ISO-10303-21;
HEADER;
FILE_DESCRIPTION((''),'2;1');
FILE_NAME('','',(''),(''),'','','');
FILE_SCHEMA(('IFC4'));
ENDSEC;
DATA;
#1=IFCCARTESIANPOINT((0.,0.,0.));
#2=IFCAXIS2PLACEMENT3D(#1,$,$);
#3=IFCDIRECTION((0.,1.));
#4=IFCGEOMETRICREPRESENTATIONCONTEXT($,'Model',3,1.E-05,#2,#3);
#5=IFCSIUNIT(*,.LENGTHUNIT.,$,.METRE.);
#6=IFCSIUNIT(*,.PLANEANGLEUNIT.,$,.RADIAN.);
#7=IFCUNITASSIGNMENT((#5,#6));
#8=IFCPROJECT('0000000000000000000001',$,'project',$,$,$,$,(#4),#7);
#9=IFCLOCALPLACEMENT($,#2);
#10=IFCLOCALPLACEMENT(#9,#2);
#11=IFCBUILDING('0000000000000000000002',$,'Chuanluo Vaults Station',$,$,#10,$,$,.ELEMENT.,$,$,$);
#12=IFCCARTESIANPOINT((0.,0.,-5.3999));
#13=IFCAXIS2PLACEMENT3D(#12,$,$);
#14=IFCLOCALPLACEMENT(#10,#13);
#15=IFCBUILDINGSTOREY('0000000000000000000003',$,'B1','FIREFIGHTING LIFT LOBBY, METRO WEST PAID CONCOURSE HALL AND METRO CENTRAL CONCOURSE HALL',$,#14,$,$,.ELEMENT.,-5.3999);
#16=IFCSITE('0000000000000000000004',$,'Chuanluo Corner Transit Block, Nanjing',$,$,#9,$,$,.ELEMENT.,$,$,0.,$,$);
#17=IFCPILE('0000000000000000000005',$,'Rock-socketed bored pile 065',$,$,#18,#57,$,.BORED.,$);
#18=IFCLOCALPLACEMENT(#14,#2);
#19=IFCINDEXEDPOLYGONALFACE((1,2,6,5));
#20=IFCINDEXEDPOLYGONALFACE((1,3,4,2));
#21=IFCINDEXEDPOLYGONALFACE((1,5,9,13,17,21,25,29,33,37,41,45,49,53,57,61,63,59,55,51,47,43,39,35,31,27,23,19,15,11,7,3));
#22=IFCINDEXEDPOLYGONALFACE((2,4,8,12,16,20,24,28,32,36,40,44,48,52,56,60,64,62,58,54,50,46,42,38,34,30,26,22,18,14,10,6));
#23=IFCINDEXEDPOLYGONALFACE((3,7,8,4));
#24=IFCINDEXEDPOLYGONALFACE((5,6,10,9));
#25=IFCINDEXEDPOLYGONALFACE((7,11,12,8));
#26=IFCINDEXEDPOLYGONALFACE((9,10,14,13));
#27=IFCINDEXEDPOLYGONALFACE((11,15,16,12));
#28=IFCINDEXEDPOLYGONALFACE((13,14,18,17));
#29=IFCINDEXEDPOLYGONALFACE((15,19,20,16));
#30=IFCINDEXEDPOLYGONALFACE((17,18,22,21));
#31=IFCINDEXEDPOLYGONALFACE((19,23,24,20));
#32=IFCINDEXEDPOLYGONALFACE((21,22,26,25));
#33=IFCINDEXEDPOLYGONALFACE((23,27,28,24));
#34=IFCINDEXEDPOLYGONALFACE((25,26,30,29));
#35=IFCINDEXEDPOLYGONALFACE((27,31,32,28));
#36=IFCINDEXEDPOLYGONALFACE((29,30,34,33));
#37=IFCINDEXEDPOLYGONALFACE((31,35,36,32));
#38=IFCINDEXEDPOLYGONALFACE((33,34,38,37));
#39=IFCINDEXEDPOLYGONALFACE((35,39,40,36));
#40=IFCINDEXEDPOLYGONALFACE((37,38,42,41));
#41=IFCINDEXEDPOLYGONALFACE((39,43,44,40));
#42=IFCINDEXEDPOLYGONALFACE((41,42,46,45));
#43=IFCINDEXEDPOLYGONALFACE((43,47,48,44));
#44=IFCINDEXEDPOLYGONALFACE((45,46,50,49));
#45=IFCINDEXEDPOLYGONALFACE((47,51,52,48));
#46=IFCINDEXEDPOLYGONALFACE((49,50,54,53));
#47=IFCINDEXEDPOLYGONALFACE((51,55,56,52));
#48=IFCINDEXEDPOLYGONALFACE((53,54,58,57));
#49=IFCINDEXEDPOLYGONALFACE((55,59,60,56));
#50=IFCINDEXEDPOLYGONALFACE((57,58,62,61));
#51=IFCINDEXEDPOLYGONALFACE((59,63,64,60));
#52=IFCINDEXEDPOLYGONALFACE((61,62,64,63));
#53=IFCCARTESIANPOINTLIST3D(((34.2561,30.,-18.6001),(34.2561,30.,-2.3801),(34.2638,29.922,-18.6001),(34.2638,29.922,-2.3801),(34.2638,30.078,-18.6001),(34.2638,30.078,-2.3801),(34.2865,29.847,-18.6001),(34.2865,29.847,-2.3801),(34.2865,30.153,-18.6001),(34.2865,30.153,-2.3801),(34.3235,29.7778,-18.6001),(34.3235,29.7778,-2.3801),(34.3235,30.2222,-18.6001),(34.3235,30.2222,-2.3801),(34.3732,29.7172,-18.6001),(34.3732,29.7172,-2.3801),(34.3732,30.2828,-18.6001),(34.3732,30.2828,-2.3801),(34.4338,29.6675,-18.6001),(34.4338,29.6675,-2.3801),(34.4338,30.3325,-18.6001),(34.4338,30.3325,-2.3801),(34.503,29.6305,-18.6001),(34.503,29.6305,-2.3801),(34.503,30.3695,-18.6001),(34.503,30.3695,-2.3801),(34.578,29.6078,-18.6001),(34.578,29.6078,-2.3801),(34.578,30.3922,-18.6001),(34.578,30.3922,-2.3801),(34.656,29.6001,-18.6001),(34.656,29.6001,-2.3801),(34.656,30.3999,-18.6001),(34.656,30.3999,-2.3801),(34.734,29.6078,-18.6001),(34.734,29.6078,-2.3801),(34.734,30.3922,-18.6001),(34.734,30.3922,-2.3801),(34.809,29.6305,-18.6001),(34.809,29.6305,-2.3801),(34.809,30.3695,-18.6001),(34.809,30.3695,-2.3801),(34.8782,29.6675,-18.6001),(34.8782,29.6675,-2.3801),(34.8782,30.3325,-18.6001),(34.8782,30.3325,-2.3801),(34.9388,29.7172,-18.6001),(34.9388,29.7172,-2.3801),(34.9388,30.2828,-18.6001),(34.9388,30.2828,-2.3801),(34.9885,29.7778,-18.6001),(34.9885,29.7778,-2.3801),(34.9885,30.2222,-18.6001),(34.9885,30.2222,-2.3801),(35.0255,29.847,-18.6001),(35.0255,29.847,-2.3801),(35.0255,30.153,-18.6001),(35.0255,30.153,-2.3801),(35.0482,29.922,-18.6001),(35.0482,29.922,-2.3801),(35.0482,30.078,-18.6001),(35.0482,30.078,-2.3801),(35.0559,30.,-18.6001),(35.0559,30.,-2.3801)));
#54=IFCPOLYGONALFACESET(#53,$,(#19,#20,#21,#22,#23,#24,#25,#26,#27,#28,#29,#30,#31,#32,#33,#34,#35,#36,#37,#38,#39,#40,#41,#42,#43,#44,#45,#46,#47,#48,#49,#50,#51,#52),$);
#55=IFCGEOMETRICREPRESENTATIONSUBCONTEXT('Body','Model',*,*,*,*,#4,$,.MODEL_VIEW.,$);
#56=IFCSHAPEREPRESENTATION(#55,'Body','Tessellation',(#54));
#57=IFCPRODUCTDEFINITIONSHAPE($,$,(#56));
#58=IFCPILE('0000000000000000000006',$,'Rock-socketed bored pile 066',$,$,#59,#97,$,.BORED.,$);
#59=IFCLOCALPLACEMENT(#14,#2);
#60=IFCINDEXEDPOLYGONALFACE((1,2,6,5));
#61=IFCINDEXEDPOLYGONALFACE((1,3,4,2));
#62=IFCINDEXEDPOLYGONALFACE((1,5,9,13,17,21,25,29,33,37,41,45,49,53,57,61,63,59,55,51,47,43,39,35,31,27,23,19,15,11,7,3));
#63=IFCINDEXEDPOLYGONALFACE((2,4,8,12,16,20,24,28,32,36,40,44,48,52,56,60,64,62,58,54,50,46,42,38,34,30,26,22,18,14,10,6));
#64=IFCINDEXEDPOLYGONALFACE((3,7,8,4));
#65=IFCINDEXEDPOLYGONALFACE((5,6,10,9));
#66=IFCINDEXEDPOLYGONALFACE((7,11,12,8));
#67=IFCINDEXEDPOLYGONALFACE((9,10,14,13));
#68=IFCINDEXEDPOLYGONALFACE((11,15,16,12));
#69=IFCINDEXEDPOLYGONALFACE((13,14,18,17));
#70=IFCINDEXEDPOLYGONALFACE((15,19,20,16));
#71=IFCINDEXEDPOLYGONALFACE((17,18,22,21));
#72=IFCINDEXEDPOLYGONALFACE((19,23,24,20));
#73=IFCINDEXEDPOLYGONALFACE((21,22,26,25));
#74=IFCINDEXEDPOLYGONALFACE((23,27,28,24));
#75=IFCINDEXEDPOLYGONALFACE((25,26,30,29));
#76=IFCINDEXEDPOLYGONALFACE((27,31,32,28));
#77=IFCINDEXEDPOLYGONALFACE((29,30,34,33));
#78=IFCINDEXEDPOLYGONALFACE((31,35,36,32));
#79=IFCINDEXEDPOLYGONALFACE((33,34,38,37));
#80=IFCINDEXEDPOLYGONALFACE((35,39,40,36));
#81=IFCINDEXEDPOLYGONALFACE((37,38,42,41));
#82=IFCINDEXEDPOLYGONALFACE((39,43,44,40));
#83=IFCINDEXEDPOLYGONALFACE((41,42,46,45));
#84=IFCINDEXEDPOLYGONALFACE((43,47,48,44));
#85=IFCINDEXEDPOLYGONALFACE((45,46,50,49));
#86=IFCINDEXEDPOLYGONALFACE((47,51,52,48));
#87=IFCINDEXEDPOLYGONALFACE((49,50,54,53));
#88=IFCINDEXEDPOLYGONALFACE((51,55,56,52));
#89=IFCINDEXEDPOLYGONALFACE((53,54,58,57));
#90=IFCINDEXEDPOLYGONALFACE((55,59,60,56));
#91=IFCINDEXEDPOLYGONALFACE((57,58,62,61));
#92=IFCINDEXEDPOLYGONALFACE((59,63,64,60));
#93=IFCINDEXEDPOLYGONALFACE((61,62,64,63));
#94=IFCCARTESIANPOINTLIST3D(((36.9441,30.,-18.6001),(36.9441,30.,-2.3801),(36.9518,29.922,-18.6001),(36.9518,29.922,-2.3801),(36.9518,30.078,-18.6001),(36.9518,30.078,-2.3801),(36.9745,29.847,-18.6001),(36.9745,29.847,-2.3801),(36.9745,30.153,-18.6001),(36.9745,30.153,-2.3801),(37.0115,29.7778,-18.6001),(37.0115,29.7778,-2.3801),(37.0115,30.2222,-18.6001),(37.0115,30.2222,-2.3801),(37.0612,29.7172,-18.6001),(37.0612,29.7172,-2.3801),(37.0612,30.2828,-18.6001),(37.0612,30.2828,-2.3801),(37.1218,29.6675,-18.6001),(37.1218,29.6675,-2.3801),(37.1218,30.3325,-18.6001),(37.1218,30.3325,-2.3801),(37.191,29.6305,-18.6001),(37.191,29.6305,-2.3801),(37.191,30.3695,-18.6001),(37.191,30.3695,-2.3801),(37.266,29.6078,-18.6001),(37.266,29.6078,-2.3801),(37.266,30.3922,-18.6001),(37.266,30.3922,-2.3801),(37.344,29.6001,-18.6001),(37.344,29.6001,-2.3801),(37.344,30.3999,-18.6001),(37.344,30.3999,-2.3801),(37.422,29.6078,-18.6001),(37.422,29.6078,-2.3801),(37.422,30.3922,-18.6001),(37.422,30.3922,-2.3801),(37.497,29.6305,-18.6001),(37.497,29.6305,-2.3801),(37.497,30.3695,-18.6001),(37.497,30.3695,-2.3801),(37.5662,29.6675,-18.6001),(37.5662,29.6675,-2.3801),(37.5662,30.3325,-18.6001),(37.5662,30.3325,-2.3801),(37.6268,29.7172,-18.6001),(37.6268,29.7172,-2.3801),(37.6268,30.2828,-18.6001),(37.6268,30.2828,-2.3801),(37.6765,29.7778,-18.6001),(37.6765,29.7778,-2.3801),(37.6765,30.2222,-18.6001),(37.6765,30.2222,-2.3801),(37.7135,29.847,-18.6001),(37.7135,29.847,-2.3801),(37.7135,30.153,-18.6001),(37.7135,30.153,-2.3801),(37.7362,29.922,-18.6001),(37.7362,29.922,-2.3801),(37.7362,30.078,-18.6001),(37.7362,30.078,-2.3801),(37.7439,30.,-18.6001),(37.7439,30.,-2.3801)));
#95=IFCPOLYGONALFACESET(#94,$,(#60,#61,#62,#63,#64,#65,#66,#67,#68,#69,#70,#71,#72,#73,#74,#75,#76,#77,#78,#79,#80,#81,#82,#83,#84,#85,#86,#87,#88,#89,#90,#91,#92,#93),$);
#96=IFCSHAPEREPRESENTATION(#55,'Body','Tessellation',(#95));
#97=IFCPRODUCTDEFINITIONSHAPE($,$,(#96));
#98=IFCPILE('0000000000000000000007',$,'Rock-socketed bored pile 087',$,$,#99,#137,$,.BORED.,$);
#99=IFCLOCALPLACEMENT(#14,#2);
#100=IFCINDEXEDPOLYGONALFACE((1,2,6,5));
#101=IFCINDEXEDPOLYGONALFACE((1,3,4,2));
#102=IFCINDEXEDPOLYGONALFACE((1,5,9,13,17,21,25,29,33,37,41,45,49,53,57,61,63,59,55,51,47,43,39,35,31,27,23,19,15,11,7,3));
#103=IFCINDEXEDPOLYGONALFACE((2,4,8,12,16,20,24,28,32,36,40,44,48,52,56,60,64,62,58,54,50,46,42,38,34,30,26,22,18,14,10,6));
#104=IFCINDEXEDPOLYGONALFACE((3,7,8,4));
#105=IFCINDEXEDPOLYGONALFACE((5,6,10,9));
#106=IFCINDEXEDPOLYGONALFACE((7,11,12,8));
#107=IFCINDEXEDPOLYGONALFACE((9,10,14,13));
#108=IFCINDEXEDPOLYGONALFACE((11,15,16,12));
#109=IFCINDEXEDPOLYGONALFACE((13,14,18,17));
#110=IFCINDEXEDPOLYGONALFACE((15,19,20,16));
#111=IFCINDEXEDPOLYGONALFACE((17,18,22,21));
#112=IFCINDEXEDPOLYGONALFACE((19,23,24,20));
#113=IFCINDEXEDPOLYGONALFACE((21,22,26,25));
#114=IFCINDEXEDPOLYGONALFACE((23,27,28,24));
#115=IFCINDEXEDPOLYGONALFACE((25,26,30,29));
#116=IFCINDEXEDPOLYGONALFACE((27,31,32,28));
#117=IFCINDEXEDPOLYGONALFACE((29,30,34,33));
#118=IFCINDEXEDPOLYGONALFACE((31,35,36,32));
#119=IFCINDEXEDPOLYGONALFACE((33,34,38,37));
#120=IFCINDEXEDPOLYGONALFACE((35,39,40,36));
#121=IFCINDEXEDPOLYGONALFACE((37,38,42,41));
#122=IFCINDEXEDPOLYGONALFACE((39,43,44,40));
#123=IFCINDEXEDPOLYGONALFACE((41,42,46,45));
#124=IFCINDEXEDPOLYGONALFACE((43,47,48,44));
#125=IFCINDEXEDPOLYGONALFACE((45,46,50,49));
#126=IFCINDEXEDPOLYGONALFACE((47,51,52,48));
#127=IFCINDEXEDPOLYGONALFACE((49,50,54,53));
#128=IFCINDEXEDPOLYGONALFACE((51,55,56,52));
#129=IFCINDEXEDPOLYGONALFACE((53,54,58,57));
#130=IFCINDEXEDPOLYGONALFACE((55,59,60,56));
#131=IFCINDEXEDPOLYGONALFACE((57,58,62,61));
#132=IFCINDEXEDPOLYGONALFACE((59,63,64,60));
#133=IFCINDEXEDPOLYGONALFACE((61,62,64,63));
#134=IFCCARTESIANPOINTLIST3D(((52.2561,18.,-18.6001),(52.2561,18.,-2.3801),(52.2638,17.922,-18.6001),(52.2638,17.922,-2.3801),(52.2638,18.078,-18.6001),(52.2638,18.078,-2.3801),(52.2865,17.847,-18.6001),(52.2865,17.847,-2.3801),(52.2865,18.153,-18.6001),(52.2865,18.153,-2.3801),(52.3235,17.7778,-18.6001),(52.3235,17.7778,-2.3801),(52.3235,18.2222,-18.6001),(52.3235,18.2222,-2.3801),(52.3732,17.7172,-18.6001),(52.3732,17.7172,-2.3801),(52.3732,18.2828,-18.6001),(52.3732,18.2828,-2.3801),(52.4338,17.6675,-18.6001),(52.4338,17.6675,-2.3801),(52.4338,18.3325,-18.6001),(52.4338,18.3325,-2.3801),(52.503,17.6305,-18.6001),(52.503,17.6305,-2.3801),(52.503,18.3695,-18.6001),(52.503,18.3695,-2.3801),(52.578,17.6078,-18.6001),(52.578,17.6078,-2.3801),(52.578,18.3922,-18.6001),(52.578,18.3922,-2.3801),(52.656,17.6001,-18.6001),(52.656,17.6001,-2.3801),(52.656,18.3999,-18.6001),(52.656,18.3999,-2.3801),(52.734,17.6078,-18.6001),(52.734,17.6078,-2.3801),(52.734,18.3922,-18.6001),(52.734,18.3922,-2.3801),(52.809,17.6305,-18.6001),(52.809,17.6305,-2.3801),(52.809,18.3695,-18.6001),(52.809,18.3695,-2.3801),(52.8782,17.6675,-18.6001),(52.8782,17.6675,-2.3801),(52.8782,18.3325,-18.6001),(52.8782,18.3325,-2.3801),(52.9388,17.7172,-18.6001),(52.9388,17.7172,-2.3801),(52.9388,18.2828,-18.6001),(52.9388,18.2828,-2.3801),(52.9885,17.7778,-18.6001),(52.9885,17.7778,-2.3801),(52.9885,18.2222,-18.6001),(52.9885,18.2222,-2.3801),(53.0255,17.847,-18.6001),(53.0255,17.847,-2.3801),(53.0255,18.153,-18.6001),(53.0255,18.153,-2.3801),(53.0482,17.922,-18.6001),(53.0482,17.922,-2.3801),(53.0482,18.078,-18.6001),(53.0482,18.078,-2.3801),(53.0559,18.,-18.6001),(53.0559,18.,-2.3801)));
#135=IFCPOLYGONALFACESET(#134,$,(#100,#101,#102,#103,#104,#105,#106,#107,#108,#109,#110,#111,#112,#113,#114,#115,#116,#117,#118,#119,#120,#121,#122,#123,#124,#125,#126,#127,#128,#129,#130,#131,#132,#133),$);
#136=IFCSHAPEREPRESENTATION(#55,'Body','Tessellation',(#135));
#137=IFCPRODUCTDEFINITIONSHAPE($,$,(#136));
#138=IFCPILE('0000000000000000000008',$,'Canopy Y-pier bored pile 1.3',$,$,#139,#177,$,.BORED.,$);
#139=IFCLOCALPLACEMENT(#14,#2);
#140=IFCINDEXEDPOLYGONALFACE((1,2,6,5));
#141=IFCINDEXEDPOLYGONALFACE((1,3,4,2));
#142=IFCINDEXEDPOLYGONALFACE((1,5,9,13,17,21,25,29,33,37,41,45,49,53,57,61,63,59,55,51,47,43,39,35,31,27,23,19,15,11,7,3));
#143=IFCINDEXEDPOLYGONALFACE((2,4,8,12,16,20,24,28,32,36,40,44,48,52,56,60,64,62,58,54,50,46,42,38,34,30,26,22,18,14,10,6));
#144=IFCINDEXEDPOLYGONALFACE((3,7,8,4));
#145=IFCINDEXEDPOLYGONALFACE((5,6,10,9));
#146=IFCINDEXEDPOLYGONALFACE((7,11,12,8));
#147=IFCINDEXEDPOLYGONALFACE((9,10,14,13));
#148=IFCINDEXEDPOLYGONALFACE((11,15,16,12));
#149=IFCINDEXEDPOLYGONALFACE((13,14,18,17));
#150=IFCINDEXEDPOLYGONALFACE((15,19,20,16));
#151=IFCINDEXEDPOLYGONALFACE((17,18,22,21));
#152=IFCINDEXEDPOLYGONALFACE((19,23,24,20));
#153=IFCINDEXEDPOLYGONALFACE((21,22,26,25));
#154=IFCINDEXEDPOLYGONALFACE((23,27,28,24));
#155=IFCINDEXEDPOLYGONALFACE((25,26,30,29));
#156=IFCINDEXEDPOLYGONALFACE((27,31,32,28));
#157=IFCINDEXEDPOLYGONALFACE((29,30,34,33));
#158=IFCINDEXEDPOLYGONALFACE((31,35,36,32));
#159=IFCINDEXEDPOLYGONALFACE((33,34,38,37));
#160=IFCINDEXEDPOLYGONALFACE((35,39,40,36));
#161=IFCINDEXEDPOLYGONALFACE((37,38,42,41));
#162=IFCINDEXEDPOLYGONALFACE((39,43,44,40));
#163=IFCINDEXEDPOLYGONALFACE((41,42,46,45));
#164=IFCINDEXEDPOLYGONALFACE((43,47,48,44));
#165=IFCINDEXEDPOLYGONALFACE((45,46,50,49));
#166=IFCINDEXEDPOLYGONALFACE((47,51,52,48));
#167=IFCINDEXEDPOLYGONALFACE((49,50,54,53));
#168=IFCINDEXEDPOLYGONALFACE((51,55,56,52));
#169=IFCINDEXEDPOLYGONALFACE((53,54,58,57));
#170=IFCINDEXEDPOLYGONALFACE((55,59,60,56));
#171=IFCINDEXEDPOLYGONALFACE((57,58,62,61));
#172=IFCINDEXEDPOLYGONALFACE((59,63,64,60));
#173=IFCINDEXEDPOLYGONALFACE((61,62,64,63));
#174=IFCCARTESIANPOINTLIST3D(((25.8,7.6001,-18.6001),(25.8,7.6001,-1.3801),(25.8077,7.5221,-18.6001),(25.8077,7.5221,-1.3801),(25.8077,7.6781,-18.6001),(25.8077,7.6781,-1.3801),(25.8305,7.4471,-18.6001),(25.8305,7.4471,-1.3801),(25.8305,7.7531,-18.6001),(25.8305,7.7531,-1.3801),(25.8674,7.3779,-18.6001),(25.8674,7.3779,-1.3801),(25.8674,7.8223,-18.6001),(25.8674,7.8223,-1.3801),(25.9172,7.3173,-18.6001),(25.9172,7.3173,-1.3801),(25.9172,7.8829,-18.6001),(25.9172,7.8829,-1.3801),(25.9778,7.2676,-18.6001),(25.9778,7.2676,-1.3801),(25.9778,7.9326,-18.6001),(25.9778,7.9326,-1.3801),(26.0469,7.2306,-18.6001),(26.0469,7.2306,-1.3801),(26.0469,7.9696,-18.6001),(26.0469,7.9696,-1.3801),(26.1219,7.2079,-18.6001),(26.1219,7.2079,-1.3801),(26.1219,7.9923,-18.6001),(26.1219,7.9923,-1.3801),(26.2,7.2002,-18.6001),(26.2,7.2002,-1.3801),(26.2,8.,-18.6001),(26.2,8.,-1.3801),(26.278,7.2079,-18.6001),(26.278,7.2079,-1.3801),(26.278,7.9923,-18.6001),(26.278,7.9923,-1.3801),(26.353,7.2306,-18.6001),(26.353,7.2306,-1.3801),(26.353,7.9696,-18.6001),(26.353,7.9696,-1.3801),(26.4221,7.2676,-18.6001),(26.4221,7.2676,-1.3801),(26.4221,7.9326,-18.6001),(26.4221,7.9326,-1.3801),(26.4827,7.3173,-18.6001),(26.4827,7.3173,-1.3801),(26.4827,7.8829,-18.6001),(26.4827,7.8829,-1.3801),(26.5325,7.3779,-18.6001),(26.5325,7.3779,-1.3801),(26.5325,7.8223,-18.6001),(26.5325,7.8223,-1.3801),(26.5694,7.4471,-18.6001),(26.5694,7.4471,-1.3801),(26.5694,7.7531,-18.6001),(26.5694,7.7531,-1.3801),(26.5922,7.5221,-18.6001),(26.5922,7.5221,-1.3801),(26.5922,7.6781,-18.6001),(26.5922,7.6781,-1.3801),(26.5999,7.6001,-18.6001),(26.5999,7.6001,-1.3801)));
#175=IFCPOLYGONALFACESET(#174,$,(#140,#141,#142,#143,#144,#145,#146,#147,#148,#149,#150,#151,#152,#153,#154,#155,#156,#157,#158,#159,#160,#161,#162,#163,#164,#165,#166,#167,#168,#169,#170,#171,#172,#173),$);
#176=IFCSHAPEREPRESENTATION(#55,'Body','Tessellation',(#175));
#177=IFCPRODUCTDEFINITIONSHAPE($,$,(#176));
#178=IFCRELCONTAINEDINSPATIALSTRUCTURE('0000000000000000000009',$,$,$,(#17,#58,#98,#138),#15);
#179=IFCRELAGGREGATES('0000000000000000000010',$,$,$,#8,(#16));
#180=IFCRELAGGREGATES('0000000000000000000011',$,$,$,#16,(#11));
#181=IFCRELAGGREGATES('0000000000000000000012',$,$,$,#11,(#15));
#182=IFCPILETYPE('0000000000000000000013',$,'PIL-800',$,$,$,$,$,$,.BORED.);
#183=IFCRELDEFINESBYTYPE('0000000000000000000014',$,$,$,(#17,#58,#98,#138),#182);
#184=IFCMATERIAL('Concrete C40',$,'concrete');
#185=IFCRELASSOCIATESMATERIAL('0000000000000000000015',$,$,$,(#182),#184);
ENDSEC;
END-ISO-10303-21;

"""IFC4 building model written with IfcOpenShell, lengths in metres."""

from ifc_helpers import new_model, si_unit, direction, frame, origin, origin_2d, place, context, subcontext, project, spatial, circle, extrude, material, material_profile, profile_set, type_object, element, save


model = new_model("IFC4")

# Units and contexts
model_context = context("Model", 3, precision=1e-05, world=origin(), true_north=direction((0.0, 1.0)))
body_context = subcontext(model_context, "Body", "Model", "MODEL_VIEW")
ifc_project = project(units=[si_unit("LENGTHUNIT", "METRE"), si_unit("PLANEANGLEUNIT", "RADIAN")], contexts=[model_context])

# Site, building, storey
site_placement = place(None, origin())
site = spatial("IfcSite", under=ifc_project, at=site_placement, Name="Chuanluo Corner Transit Block, Nanjing", CompositionType="ELEMENT", RefElevation=0.0)
building_placement = place(site_placement, origin())
building = spatial("IfcBuilding", under=site, at=building_placement, Name="Chuanluo Vaults Station", CompositionType="ELEMENT")
storey_placement = place(building_placement, frame((0.0, 0.0, -5.3999)))
storey = spatial("IfcBuildingStorey", under=building, at=storey_placement, Name="B1", Description="FIREFIGHTING LIFT LOBBY, METRO WEST PAID CONCOURSE HALL AND METRO CENTRAL CONCOURSE HALL", CompositionType="ELEMENT", Elevation=-5.3999)

# Piles
ifc_material_1 = material(Name="Concrete C40", Category="concrete")
ifc_material_profile_1 = material_profile(ifc_material_1, circle(Radius=0.3999, at=origin_2d()))
ifc_profile_set_1 = profile_set([ifc_material_profile_1], Name="Concrete C40")
pile_type_1 = type_object("IfcPileType", Name="PIL-800", PredefinedType="BORED", material=ifc_profile_set_1)
for number, where, z_axis, x_axis, name in (
    (1, (34.656, 30.0, -2.3801), (0.0, 0.0, -1.0), (1.0, 0.0, 0.0), "Rock-socketed bored pile 065"),
    (2, (37.344, 30.0, -2.3801), (0.0, 0.0, -1.0), (1.0, 0.0, 0.0), "Rock-socketed bored pile 066"),
    (3, (52.656, 18.0, -2.3801), (0.0, 0.0, -1.0), (1.0, 0.0, 0.0), "Rock-socketed bored pile 087"),
):
    element("IfcPile", number, at=place(storey_placement, frame(where, z_axis=z_axis, x_axis=x_axis)), inside=storey, type_object=pile_type_1, Name=name, PredefinedType="BORED", context=body_context, shape_type="SweptSolid", body=[
        extrude(circle(Radius=0.3999, at=origin_2d()), origin(), (0.0, 0.0, 1.0), 16.22),
    ])
for number, where, z_axis, x_axis, name in (
    (4, (26.2, 7.6001, -1.3801), (0.0, 0.0, -1.0), (1.0, 0.0, 0.0), "Canopy Y-pier bored pile 1.3"),
):
    element("IfcPile", number, at=place(storey_placement, frame(where, z_axis=z_axis, x_axis=x_axis)), inside=storey, type_object=pile_type_1, Name=name, PredefinedType="BORED", context=body_context, shape_type="SweptSolid", body=[
        extrude(circle(Radius=0.3999, at=origin_2d()), origin(), (0.0, 0.0, 1.0), 17.22),
    ])

save(model, "model.ifc")
